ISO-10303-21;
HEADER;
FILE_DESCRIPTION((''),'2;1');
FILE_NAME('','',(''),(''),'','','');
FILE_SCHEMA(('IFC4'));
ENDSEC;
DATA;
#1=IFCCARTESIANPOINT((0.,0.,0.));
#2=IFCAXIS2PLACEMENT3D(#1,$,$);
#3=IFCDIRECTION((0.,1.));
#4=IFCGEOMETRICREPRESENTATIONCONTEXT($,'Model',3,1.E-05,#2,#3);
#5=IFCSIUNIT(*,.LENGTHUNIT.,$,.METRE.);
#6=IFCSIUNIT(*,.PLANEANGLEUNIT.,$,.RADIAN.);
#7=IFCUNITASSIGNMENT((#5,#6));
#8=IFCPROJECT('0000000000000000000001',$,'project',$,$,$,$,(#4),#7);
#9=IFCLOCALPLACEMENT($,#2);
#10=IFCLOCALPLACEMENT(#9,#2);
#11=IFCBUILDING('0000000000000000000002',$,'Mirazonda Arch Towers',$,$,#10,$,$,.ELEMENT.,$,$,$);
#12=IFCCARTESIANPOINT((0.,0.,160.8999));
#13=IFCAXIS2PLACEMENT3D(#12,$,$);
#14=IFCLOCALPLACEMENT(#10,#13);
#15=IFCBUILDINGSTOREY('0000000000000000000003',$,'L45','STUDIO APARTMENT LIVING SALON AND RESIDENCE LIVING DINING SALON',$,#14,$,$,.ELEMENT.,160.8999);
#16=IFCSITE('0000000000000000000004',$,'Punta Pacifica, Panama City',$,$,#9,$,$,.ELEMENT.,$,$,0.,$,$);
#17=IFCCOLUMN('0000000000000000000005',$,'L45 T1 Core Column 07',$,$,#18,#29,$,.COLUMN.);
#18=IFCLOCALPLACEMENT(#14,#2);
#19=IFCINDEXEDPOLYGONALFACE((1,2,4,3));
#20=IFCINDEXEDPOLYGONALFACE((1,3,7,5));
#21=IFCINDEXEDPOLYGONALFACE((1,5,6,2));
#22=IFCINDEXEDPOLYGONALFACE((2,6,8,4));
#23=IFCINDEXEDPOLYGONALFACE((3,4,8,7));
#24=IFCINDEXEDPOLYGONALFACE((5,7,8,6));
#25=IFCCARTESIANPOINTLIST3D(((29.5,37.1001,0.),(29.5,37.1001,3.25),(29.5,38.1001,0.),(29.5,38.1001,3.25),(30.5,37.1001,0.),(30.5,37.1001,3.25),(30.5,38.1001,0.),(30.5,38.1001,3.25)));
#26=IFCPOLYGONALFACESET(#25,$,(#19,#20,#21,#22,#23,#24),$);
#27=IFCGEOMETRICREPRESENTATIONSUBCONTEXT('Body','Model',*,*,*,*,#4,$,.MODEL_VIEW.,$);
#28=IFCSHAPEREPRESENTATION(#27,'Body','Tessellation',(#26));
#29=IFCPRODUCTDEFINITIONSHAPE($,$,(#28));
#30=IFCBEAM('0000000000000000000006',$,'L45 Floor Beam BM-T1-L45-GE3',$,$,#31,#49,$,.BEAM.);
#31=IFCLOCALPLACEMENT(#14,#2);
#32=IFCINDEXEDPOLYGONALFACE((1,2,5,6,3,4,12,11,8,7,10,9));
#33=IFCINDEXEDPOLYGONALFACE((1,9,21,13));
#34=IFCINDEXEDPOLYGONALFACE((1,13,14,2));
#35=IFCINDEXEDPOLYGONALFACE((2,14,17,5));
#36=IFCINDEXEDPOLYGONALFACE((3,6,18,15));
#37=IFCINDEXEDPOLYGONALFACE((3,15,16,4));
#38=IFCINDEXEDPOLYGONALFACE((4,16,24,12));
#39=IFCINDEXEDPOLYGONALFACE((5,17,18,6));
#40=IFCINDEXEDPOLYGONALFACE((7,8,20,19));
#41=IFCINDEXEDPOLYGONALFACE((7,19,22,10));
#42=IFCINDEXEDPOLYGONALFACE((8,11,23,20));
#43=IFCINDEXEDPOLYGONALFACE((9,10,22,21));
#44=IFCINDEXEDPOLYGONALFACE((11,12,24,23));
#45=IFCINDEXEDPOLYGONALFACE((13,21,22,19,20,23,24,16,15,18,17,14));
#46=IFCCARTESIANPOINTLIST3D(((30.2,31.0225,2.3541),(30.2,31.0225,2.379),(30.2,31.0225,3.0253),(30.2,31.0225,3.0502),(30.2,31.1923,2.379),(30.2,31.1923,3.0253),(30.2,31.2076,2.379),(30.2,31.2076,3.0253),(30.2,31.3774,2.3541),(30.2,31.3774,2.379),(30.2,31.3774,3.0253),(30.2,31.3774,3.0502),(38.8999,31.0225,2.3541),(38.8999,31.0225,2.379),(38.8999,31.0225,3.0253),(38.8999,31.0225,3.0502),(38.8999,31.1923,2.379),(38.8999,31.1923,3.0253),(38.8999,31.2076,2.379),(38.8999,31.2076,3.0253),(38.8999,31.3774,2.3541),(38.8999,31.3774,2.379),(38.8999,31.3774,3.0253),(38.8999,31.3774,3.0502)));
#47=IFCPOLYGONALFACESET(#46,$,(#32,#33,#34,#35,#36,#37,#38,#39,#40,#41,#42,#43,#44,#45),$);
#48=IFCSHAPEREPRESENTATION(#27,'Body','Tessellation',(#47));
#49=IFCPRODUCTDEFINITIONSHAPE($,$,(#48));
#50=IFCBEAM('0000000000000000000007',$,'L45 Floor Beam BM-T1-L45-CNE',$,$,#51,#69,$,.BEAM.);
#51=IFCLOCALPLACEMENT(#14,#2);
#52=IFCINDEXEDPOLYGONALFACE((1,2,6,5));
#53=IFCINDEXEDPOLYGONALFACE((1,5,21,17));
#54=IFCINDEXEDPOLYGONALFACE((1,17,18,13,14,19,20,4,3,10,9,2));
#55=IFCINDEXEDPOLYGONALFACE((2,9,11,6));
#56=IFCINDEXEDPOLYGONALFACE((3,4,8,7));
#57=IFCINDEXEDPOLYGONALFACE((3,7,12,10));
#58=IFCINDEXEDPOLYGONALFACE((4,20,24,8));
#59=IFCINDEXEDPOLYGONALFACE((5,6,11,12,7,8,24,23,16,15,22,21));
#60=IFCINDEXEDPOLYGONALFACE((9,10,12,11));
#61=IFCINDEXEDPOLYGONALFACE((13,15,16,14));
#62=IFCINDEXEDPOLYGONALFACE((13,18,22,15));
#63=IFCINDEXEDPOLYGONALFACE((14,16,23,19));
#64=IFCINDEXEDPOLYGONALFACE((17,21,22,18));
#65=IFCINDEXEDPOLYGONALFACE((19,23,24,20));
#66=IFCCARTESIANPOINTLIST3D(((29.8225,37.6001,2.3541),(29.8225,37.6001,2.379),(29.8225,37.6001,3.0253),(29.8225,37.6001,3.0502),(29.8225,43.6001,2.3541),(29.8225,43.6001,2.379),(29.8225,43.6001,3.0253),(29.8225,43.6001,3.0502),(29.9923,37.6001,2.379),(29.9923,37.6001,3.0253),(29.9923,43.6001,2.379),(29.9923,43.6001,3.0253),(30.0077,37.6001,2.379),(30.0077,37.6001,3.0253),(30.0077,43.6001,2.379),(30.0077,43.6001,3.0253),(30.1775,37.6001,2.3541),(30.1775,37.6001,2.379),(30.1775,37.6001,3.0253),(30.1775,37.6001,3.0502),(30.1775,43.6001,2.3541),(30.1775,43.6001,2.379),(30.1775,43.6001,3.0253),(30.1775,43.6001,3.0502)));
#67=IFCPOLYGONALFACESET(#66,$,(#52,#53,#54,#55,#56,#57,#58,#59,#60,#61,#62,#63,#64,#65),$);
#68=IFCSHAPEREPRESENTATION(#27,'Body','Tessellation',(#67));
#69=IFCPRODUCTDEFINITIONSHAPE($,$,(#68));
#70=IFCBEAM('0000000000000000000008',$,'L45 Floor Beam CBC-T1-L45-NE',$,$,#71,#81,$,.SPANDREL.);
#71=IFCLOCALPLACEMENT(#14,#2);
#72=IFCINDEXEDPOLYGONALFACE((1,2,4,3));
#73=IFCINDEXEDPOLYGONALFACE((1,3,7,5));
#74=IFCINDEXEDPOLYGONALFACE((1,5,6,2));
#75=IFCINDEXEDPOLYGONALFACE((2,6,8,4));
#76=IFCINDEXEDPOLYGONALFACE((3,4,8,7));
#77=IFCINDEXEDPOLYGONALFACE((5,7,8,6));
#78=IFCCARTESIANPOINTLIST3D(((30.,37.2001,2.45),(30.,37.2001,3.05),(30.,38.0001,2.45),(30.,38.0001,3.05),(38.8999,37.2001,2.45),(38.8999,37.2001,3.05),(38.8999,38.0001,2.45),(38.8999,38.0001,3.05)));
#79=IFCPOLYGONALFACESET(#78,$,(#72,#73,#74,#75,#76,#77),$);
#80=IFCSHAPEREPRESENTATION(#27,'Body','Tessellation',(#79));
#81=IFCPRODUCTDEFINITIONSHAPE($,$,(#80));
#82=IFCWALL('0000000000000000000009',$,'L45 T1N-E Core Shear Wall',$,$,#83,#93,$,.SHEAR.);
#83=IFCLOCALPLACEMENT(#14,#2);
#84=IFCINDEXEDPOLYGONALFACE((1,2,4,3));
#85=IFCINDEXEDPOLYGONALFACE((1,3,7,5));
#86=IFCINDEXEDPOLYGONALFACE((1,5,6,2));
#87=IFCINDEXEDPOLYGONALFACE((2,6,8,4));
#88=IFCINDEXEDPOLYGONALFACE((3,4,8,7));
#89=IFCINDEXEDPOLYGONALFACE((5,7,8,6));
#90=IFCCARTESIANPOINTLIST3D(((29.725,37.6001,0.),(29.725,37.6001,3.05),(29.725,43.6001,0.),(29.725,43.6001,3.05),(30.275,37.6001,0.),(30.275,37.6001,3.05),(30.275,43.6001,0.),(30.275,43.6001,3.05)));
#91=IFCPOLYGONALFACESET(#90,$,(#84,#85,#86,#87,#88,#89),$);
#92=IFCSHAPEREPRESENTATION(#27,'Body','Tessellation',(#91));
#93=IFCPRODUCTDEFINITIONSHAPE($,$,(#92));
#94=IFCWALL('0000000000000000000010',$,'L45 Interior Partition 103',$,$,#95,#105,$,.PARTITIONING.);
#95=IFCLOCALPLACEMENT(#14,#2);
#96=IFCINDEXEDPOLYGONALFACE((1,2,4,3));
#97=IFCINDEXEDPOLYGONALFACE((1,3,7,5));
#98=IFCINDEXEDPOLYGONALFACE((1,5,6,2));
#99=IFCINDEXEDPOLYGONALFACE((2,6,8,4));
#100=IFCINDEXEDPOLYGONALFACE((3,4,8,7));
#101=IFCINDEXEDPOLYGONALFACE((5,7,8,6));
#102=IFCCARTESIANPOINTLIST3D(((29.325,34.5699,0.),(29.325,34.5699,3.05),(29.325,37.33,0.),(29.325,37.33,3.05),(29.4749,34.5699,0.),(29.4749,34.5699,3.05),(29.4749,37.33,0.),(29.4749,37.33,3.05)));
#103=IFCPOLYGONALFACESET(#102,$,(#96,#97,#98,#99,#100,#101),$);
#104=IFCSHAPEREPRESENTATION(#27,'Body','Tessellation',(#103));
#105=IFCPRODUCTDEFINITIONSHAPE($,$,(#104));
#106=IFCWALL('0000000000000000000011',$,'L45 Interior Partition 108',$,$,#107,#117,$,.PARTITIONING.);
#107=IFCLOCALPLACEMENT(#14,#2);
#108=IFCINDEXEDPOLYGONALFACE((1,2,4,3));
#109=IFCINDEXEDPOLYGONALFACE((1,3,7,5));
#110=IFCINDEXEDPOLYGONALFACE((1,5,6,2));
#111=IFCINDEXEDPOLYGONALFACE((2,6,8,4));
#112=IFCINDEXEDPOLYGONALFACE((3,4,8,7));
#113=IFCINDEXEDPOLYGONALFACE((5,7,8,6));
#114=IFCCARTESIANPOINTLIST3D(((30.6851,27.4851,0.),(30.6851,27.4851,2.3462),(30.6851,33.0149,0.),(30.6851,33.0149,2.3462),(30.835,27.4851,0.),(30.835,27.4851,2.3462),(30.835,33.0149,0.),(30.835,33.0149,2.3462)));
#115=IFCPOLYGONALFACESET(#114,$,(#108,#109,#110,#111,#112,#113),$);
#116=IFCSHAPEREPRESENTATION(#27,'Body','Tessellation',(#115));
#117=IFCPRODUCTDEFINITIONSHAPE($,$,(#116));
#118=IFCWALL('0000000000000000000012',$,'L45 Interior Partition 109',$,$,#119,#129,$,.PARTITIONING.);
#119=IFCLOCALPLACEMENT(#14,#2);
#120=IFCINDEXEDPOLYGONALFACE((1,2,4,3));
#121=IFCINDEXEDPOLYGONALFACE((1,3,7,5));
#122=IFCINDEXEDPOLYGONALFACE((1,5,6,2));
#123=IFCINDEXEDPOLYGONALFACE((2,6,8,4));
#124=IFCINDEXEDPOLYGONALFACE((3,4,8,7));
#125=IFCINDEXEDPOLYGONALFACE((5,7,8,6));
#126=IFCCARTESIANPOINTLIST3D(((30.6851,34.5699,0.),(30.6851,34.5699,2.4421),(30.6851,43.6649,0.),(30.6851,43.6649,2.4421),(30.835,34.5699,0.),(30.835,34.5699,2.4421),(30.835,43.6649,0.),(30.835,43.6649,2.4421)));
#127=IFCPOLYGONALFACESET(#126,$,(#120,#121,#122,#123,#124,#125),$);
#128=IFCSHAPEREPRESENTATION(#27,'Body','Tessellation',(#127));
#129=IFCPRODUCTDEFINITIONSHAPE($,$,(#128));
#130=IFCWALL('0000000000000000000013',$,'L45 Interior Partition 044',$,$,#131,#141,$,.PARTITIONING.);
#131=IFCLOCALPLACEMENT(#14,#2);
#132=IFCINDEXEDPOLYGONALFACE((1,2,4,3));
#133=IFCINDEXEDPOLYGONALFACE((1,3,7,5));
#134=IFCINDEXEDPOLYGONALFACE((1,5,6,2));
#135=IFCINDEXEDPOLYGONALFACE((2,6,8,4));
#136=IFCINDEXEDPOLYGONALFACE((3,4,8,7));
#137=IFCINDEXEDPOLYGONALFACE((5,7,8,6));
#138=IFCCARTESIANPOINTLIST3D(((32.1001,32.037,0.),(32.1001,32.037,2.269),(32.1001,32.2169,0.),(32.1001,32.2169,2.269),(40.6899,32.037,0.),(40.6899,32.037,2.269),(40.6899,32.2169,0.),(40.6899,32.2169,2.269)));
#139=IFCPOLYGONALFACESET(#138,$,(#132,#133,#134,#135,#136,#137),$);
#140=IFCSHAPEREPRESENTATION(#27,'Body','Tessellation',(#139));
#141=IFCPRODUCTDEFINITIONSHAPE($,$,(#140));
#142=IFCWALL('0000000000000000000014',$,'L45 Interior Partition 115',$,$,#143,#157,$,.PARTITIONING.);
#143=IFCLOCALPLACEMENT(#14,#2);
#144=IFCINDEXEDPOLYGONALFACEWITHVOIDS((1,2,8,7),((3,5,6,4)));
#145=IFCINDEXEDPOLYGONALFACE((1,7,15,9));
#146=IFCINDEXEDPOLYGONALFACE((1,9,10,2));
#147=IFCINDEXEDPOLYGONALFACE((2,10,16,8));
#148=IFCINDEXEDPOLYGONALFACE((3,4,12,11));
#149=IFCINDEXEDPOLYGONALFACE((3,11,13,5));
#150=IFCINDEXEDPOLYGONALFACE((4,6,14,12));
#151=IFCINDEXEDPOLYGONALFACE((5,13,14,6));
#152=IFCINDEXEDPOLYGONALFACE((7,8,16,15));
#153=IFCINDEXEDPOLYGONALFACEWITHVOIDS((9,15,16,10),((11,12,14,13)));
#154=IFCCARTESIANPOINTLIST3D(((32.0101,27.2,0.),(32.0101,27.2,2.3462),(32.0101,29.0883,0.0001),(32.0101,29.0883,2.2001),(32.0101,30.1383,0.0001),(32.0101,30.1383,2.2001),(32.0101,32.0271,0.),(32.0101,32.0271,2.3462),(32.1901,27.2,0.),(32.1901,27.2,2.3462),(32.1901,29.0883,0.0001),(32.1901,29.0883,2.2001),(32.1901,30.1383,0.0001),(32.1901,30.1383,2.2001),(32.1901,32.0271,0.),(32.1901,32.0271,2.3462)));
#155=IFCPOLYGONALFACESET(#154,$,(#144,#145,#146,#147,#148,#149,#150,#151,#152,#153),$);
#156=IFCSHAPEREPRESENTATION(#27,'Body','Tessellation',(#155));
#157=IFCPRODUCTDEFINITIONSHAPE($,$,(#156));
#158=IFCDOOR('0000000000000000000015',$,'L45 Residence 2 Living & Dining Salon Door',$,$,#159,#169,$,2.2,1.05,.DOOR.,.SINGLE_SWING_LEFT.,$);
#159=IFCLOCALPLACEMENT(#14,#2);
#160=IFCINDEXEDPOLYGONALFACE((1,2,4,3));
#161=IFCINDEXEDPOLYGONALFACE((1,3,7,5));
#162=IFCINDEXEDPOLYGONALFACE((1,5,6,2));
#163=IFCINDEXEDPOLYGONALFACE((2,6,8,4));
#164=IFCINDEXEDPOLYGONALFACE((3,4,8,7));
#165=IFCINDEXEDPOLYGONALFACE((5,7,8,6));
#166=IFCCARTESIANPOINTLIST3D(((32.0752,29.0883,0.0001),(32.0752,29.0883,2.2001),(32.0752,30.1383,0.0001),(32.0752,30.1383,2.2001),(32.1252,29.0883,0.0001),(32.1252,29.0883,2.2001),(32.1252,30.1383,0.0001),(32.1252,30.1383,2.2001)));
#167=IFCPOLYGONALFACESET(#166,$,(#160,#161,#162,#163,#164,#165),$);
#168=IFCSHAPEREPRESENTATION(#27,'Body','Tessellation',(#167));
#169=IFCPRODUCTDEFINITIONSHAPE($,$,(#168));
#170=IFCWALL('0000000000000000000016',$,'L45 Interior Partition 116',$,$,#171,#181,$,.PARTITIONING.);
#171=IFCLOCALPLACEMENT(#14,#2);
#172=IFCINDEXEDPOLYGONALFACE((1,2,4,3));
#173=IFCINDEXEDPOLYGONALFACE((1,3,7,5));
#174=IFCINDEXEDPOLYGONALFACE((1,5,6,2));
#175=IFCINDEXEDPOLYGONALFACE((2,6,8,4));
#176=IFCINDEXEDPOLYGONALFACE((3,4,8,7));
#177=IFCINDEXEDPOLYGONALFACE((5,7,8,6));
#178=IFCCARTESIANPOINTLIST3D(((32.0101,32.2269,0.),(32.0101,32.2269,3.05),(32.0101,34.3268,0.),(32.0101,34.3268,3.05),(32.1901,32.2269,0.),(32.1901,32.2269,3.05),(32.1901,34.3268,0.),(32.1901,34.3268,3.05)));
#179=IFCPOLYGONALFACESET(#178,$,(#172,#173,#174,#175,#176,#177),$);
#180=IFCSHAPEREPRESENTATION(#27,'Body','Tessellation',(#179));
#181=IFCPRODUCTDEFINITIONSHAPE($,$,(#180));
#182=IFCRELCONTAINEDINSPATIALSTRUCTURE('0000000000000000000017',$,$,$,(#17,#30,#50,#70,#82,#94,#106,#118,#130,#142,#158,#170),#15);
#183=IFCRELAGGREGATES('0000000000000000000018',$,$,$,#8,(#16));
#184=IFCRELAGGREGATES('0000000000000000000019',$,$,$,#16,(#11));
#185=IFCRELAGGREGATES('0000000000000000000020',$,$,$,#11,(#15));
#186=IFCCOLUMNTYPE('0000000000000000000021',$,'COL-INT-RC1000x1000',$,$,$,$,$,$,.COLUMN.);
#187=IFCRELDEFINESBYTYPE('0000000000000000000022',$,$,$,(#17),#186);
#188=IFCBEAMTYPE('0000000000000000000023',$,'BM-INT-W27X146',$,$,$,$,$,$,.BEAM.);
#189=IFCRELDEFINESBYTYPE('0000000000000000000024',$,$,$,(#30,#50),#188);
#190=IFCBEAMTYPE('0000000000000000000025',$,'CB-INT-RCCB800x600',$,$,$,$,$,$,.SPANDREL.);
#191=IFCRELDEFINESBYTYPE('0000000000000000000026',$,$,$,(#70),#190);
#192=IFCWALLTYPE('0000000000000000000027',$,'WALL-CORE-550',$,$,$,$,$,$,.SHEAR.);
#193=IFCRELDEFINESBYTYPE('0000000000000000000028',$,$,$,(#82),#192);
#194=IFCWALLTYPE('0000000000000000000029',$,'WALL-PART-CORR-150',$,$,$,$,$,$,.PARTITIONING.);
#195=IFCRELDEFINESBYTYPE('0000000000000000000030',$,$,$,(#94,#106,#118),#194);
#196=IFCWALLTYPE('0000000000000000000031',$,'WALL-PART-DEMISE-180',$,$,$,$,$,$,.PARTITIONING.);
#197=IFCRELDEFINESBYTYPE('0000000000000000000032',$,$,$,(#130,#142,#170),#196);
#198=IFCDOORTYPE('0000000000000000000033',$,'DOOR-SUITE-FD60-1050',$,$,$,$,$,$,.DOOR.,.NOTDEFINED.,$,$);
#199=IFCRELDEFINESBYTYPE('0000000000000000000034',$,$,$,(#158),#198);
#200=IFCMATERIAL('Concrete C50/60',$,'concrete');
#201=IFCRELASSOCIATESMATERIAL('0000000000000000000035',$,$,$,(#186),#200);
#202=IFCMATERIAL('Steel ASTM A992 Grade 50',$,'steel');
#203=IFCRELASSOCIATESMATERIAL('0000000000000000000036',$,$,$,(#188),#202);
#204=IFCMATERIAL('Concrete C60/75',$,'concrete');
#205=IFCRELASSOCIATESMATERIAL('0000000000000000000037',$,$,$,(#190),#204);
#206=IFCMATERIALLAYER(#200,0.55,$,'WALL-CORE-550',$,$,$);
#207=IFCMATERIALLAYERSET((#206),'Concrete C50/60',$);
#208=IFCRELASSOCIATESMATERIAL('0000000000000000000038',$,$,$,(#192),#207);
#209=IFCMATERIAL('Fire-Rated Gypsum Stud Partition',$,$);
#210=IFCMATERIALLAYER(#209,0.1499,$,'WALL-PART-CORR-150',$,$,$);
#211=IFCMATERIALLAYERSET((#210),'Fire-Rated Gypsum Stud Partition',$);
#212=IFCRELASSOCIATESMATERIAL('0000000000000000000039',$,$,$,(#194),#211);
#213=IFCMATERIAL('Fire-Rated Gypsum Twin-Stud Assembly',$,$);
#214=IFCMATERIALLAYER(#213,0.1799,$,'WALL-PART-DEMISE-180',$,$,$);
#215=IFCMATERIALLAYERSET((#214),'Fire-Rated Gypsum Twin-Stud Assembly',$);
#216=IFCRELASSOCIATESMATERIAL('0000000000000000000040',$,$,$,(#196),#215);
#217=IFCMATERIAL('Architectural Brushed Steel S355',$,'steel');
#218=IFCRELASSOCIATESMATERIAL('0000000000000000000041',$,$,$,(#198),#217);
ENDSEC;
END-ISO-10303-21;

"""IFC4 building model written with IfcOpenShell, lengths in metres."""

from ifc_helpers import new_model, si_unit, direction, frame, frame_2d, origin, origin_2d, place, context, subcontext, project, spatial, rectangle, i_section, extrude, material, layer, layer_set, material_profile, profile_set, type_object, element, fill, save


model = new_model("IFC4")

# Units and contexts
model_context = context("Model", 3, precision=1e-05, world=origin(), true_north=direction((0.0, 1.0)))
body_context = subcontext(model_context, "Body", "Model", "MODEL_VIEW")
ifc_project = project(units=[si_unit("LENGTHUNIT", "METRE"), si_unit("PLANEANGLEUNIT", "RADIAN")], contexts=[model_context])

# Site, building, storey
site_placement = place(None, origin())
site = spatial("IfcSite", under=ifc_project, at=site_placement, Name="Punta Pacifica, Panama City", CompositionType="ELEMENT", RefElevation=0.0)
building_placement = place(site_placement, origin())
building = spatial("IfcBuilding", under=site, at=building_placement, Name="Mirazonda Arch Towers", CompositionType="ELEMENT")
storey_placement = place(building_placement, frame((0.0, 0.0, 160.8999)))
storey = spatial("IfcBuildingStorey", under=building, at=storey_placement, Name="L45", Description="STUDIO APARTMENT LIVING SALON AND RESIDENCE LIVING DINING SALON", CompositionType="ELEMENT", Elevation=160.8999)

# Column
ifc_material_1 = material(Name="Concrete C50/60", Category="concrete")
ifc_material_profile_1 = material_profile(ifc_material_1, rectangle(XDim=1.0, YDim=1.0, at=origin_2d()), Name="RC1000x1000")
ifc_profile_set_1 = profile_set([ifc_material_profile_1], Name="Concrete C50/60")
column_type = type_object("IfcColumnType", Name="COL-INT-RC1000x1000", PredefinedType="COLUMN", material=ifc_profile_set_1)
column_placement = place(storey_placement, frame((30.0, 37.6001, 0.0), z_axis=(0.0, 0.0, 1.0), x_axis=(1.0, 0.0, 0.0)))
element("IfcColumn", 1, at=column_placement, inside=storey, type_object=column_type, Name="L45 T1 Core Column 07", PredefinedType="COLUMN", context=body_context, shape_type="SweptSolid", body=[
    extrude(rectangle(XDim=1.0, YDim=1.0, at=origin_2d()), origin(), (0.0, 0.0, 1.0), 3.25),
])

# Beams
ifc_material_2 = material(Name="Steel ASTM A992 Grade 50", Category="steel")
ifc_material_profile_2 = material_profile(ifc_material_2, i_section(OverallWidth=0.355, OverallDepth=0.696, WebThickness=0.0154, FlangeThickness=0.0249, at=origin_2d()), Name="W27X146")
ifc_profile_set_2 = profile_set([ifc_material_profile_2], Name="Steel ASTM A992 Grade 50")
beam_type_1 = type_object("IfcBeamType", Name="BM-INT-W27X146", PredefinedType="BEAM", material=ifc_profile_set_2)
beam_1_placement = place(storey_placement, frame((30.2, 31.2, 2.7021), z_axis=(1.0, 0.0, 0.0), x_axis=(0.0, 1.0, 0.0)))
element("IfcBeam", 2, at=beam_1_placement, inside=storey, type_object=beam_type_1, Name="L45 Floor Beam BM-T1-L45-GE3", PredefinedType="BEAM", context=body_context, shape_type="SweptSolid", body=[
    extrude(i_section(OverallWidth=0.355, OverallDepth=0.696, WebThickness=0.0154, FlangeThickness=0.0249, at=origin_2d()), origin(), (0.0, 0.0, 1.0), 8.7),
])
beam_2_placement = place(storey_placement, frame((30.0, 37.6001, 2.7021), z_axis=(0.0, 1.0, 0.0), x_axis=(-1.0, 0.0, 0.0)))
element("IfcBeam", 3, at=beam_2_placement, inside=storey, type_object=beam_type_1, Name="L45 Floor Beam BM-T1-L45-CNE", PredefinedType="BEAM", context=body_context, shape_type="SweptSolid", body=[
    extrude(i_section(OverallWidth=0.355, OverallDepth=0.696, WebThickness=0.0154, FlangeThickness=0.0249, at=origin_2d()), origin(), (0.0, 0.0, 1.0), 6.0),
])
ifc_material_3 = material(Name="Concrete C60/75", Category="concrete")
ifc_material_profile_3 = material_profile(ifc_material_3, rectangle(XDim=0.8, YDim=0.6001, at=origin_2d()), Name="RCCB800x600")
ifc_profile_set_3 = profile_set([ifc_material_profile_3], Name="Concrete C60/75")
beam_type_2 = type_object("IfcBeamType", Name="CB-INT-RCCB800x600", PredefinedType="SPANDREL", material=ifc_profile_set_3)
beam_3_placement = place(storey_placement, frame((30.0, 37.6001, 2.75), z_axis=(1.0, 0.0, 0.0), x_axis=(0.0, 1.0, 0.0)))
element("IfcBeam", 4, at=beam_3_placement, inside=storey, type_object=beam_type_2, Name="L45 Floor Beam CBC-T1-L45-NE", PredefinedType="SPANDREL", context=body_context, shape_type="SweptSolid", body=[
    extrude(rectangle(XDim=0.8, YDim=0.6001, at=origin_2d()), origin(), (0.0, 0.0, 1.0), 8.8999),
])

# Walls
ifc_layer_1 = layer(ifc_material_1, 0.55, Name="WALL-CORE-550")
ifc_layer_set_1 = layer_set([ifc_layer_1], Name="Concrete C50/60")
wall_type_1 = type_object("IfcWallType", Name="WALL-CORE-550", PredefinedType="SHEAR", material=ifc_layer_set_1)
wall_1_placement = place(storey_placement, frame((30.0, 37.6001, 0.0), z_axis=(0.0, 0.0, 1.0), x_axis=(0.0, 1.0, 0.0)))
element("IfcWall", 5, at=wall_1_placement, inside=storey, type_object=wall_type_1, Name="L45 T1N-E Core Shear Wall", PredefinedType="SHEAR", context=body_context, shape_type="SweptSolid", body=[
    extrude(rectangle(XDim=6.0, YDim=0.55, at=frame_2d((3.0, 0.0))), origin(), (0.0, 0.0, 1.0), 3.05),
])
ifc_material_4 = material(Name="Fire-Rated Gypsum Stud Partition")
ifc_layer_2 = layer(ifc_material_4, 0.1499, Name="WALL-PART-CORR-150")
ifc_layer_set_2 = layer_set([ifc_layer_2], Name="Fire-Rated Gypsum Stud Partition")
wall_type_2 = type_object("IfcWallType", Name="WALL-PART-CORR-150", PredefinedType="PARTITIONING", material=ifc_layer_set_2)
wall_2_placement = place(storey_placement, frame((29.3999, 34.5701, 0.0), z_axis=(0.0, 0.0, 1.0), x_axis=(0.0, 1.0, 0.0)))
element("IfcWall", 6, at=wall_2_placement, inside=storey, type_object=wall_type_2, Name="L45 Interior Partition 103", PredefinedType="PARTITIONING", context=body_context, shape_type="SweptSolid", body=[
    extrude(rectangle(XDim=2.76, YDim=0.1499, at=frame_2d((1.3799, 0.0))), origin(), (0.0, 0.0, 1.0), 3.05),
])
wall_3_placement = place(storey_placement, frame((30.76, 27.4851, 0.0), z_axis=(0.0, 0.0, 1.0), x_axis=(0.0, 1.0, 0.0)))
element("IfcWall", 7, at=wall_3_placement, inside=storey, type_object=wall_type_2, Name="L45 Interior Partition 108", PredefinedType="PARTITIONING", context=body_context, shape_type="SweptSolid", body=[
    extrude(rectangle(XDim=5.5298, YDim=0.1499, at=frame_2d((2.7649, 0.0))), origin(), (0.0, 0.0, 1.0), 2.3462),
])
wall_4_placement = place(storey_placement, frame((30.76, 34.5701, 0.0), z_axis=(0.0, 0.0, 1.0), x_axis=(0.0, 1.0, 0.0)))
element("IfcWall", 8, at=wall_4_placement, inside=storey, type_object=wall_type_2, Name="L45 Interior Partition 109", PredefinedType="PARTITIONING", context=body_context, shape_type="SweptSolid", body=[
    extrude(rectangle(XDim=9.095, YDim=0.1499, at=frame_2d((4.5474, 0.0))), origin(), (0.0, 0.0, 1.0), 2.4421),
])

# Shared definitions
ifc_material_5 = material(Name="Fire-Rated Gypsum Twin-Stud Assembly")
ifc_layer_3 = layer(ifc_material_5, 0.1799, Name="WALL-PART-DEMISE-180")
ifc_layer_set_3 = layer_set([ifc_layer_3], Name="Fire-Rated Gypsum Twin-Stud Assembly")
wall_type_3 = type_object("IfcWallType", Name="WALL-PART-DEMISE-180", PredefinedType="PARTITIONING", material=ifc_layer_set_3)
ifc_material_6 = material(Name="Architectural Brushed Steel S355", Category="steel")

# Wall
wall_5_placement = place(storey_placement, frame((32.1001, 32.127, 0.0), z_axis=(0.0, 0.0, 1.0), x_axis=(1.0, 0.0, 0.0)))
element("IfcWall", 9, at=wall_5_placement, inside=storey, type_object=wall_type_3, Name="L45 Interior Partition 044", PredefinedType="PARTITIONING", context=body_context, shape_type="SweptSolid", body=[
    extrude(rectangle(XDim=8.5898, YDim=0.1799, at=frame_2d((4.2949, 0.0))), origin(), (0.0, 0.0, 1.0), 2.269),
])

# Wall, opening, door
wall_6_placement = place(storey_placement, frame((32.1001, 27.2, 0.0), z_axis=(0.0, 0.0, 1.0), x_axis=(0.0, 1.0, 0.0)))
wall_6 = element("IfcWall", 10, at=wall_6_placement, inside=storey, type_object=wall_type_3, Name="L45 Interior Partition 115", PredefinedType="PARTITIONING", context=body_context, shape_type="SweptSolid", body=[
    extrude(rectangle(XDim=4.8271, YDim=0.1799, at=frame_2d((2.4136, 0.0))), origin(), (0.0, 0.0, 1.0), 2.3462),
])
opening_1_placement = place(wall_6_placement, frame((1.8884, 0.0, 0.0)))
opening_1 = element("IfcOpeningElement", 11, at=opening_1_placement, cuts=wall_6, PredefinedType="OPENING", context=body_context, shape_type="SweptSolid", body=[
    extrude(rectangle(XDim=1.05, YDim=2.2, at=frame_2d((0.5249, 1.1001))), frame((0.0, 0.0999, 0.0), z_axis=(0.0, -1.0, 0.0), x_axis=(1.0, 0.0, 0.0)), (0.0, 0.0, 1.0), 0.2),
])
door_type_1 = type_object("IfcDoorType", Name="DOOR-SUITE-FD60-1050", OperationType="NOTDEFINED", PredefinedType="DOOR", material=ifc_material_6)
door_1_placement = place(opening_1_placement, origin())
door_1 = element("IfcDoor", 12, at=door_1_placement, inside=storey, type_object=door_type_1, Name="L45 Residence 2 Living & Dining Salon Door", OperationType="SINGLE_SWING_LEFT", OverallHeight=2.2, OverallWidth=1.05, PredefinedType="DOOR", context=body_context, shape_type="SweptSolid", body=[
    extrude(rectangle(XDim=1.05, YDim=2.2, at=frame_2d((0.5249, 1.1001))), frame((0.0, 0.0249, 0.0), z_axis=(0.0, -1.0, 0.0), x_axis=(1.0, 0.0, 0.0)), (0.0, 0.0, 1.0), 0.05),
])
fill(opening_1, door_1)

# Wall
wall_7_placement = place(storey_placement, frame((32.1001, 32.2271, 0.0), z_axis=(0.0, 0.0, 1.0), x_axis=(0.0, 1.0, 0.0)))
element("IfcWall", 13, at=wall_7_placement, inside=storey, type_object=wall_type_3, Name="L45 Interior Partition 116", PredefinedType="PARTITIONING", context=body_context, shape_type="SweptSolid", body=[
    extrude(rectangle(XDim=2.0999, YDim=0.1799, at=frame_2d((1.0498, 0.0))), origin(), (0.0, 0.0, 1.0), 3.05),
])

save(model, "model.ifc")
